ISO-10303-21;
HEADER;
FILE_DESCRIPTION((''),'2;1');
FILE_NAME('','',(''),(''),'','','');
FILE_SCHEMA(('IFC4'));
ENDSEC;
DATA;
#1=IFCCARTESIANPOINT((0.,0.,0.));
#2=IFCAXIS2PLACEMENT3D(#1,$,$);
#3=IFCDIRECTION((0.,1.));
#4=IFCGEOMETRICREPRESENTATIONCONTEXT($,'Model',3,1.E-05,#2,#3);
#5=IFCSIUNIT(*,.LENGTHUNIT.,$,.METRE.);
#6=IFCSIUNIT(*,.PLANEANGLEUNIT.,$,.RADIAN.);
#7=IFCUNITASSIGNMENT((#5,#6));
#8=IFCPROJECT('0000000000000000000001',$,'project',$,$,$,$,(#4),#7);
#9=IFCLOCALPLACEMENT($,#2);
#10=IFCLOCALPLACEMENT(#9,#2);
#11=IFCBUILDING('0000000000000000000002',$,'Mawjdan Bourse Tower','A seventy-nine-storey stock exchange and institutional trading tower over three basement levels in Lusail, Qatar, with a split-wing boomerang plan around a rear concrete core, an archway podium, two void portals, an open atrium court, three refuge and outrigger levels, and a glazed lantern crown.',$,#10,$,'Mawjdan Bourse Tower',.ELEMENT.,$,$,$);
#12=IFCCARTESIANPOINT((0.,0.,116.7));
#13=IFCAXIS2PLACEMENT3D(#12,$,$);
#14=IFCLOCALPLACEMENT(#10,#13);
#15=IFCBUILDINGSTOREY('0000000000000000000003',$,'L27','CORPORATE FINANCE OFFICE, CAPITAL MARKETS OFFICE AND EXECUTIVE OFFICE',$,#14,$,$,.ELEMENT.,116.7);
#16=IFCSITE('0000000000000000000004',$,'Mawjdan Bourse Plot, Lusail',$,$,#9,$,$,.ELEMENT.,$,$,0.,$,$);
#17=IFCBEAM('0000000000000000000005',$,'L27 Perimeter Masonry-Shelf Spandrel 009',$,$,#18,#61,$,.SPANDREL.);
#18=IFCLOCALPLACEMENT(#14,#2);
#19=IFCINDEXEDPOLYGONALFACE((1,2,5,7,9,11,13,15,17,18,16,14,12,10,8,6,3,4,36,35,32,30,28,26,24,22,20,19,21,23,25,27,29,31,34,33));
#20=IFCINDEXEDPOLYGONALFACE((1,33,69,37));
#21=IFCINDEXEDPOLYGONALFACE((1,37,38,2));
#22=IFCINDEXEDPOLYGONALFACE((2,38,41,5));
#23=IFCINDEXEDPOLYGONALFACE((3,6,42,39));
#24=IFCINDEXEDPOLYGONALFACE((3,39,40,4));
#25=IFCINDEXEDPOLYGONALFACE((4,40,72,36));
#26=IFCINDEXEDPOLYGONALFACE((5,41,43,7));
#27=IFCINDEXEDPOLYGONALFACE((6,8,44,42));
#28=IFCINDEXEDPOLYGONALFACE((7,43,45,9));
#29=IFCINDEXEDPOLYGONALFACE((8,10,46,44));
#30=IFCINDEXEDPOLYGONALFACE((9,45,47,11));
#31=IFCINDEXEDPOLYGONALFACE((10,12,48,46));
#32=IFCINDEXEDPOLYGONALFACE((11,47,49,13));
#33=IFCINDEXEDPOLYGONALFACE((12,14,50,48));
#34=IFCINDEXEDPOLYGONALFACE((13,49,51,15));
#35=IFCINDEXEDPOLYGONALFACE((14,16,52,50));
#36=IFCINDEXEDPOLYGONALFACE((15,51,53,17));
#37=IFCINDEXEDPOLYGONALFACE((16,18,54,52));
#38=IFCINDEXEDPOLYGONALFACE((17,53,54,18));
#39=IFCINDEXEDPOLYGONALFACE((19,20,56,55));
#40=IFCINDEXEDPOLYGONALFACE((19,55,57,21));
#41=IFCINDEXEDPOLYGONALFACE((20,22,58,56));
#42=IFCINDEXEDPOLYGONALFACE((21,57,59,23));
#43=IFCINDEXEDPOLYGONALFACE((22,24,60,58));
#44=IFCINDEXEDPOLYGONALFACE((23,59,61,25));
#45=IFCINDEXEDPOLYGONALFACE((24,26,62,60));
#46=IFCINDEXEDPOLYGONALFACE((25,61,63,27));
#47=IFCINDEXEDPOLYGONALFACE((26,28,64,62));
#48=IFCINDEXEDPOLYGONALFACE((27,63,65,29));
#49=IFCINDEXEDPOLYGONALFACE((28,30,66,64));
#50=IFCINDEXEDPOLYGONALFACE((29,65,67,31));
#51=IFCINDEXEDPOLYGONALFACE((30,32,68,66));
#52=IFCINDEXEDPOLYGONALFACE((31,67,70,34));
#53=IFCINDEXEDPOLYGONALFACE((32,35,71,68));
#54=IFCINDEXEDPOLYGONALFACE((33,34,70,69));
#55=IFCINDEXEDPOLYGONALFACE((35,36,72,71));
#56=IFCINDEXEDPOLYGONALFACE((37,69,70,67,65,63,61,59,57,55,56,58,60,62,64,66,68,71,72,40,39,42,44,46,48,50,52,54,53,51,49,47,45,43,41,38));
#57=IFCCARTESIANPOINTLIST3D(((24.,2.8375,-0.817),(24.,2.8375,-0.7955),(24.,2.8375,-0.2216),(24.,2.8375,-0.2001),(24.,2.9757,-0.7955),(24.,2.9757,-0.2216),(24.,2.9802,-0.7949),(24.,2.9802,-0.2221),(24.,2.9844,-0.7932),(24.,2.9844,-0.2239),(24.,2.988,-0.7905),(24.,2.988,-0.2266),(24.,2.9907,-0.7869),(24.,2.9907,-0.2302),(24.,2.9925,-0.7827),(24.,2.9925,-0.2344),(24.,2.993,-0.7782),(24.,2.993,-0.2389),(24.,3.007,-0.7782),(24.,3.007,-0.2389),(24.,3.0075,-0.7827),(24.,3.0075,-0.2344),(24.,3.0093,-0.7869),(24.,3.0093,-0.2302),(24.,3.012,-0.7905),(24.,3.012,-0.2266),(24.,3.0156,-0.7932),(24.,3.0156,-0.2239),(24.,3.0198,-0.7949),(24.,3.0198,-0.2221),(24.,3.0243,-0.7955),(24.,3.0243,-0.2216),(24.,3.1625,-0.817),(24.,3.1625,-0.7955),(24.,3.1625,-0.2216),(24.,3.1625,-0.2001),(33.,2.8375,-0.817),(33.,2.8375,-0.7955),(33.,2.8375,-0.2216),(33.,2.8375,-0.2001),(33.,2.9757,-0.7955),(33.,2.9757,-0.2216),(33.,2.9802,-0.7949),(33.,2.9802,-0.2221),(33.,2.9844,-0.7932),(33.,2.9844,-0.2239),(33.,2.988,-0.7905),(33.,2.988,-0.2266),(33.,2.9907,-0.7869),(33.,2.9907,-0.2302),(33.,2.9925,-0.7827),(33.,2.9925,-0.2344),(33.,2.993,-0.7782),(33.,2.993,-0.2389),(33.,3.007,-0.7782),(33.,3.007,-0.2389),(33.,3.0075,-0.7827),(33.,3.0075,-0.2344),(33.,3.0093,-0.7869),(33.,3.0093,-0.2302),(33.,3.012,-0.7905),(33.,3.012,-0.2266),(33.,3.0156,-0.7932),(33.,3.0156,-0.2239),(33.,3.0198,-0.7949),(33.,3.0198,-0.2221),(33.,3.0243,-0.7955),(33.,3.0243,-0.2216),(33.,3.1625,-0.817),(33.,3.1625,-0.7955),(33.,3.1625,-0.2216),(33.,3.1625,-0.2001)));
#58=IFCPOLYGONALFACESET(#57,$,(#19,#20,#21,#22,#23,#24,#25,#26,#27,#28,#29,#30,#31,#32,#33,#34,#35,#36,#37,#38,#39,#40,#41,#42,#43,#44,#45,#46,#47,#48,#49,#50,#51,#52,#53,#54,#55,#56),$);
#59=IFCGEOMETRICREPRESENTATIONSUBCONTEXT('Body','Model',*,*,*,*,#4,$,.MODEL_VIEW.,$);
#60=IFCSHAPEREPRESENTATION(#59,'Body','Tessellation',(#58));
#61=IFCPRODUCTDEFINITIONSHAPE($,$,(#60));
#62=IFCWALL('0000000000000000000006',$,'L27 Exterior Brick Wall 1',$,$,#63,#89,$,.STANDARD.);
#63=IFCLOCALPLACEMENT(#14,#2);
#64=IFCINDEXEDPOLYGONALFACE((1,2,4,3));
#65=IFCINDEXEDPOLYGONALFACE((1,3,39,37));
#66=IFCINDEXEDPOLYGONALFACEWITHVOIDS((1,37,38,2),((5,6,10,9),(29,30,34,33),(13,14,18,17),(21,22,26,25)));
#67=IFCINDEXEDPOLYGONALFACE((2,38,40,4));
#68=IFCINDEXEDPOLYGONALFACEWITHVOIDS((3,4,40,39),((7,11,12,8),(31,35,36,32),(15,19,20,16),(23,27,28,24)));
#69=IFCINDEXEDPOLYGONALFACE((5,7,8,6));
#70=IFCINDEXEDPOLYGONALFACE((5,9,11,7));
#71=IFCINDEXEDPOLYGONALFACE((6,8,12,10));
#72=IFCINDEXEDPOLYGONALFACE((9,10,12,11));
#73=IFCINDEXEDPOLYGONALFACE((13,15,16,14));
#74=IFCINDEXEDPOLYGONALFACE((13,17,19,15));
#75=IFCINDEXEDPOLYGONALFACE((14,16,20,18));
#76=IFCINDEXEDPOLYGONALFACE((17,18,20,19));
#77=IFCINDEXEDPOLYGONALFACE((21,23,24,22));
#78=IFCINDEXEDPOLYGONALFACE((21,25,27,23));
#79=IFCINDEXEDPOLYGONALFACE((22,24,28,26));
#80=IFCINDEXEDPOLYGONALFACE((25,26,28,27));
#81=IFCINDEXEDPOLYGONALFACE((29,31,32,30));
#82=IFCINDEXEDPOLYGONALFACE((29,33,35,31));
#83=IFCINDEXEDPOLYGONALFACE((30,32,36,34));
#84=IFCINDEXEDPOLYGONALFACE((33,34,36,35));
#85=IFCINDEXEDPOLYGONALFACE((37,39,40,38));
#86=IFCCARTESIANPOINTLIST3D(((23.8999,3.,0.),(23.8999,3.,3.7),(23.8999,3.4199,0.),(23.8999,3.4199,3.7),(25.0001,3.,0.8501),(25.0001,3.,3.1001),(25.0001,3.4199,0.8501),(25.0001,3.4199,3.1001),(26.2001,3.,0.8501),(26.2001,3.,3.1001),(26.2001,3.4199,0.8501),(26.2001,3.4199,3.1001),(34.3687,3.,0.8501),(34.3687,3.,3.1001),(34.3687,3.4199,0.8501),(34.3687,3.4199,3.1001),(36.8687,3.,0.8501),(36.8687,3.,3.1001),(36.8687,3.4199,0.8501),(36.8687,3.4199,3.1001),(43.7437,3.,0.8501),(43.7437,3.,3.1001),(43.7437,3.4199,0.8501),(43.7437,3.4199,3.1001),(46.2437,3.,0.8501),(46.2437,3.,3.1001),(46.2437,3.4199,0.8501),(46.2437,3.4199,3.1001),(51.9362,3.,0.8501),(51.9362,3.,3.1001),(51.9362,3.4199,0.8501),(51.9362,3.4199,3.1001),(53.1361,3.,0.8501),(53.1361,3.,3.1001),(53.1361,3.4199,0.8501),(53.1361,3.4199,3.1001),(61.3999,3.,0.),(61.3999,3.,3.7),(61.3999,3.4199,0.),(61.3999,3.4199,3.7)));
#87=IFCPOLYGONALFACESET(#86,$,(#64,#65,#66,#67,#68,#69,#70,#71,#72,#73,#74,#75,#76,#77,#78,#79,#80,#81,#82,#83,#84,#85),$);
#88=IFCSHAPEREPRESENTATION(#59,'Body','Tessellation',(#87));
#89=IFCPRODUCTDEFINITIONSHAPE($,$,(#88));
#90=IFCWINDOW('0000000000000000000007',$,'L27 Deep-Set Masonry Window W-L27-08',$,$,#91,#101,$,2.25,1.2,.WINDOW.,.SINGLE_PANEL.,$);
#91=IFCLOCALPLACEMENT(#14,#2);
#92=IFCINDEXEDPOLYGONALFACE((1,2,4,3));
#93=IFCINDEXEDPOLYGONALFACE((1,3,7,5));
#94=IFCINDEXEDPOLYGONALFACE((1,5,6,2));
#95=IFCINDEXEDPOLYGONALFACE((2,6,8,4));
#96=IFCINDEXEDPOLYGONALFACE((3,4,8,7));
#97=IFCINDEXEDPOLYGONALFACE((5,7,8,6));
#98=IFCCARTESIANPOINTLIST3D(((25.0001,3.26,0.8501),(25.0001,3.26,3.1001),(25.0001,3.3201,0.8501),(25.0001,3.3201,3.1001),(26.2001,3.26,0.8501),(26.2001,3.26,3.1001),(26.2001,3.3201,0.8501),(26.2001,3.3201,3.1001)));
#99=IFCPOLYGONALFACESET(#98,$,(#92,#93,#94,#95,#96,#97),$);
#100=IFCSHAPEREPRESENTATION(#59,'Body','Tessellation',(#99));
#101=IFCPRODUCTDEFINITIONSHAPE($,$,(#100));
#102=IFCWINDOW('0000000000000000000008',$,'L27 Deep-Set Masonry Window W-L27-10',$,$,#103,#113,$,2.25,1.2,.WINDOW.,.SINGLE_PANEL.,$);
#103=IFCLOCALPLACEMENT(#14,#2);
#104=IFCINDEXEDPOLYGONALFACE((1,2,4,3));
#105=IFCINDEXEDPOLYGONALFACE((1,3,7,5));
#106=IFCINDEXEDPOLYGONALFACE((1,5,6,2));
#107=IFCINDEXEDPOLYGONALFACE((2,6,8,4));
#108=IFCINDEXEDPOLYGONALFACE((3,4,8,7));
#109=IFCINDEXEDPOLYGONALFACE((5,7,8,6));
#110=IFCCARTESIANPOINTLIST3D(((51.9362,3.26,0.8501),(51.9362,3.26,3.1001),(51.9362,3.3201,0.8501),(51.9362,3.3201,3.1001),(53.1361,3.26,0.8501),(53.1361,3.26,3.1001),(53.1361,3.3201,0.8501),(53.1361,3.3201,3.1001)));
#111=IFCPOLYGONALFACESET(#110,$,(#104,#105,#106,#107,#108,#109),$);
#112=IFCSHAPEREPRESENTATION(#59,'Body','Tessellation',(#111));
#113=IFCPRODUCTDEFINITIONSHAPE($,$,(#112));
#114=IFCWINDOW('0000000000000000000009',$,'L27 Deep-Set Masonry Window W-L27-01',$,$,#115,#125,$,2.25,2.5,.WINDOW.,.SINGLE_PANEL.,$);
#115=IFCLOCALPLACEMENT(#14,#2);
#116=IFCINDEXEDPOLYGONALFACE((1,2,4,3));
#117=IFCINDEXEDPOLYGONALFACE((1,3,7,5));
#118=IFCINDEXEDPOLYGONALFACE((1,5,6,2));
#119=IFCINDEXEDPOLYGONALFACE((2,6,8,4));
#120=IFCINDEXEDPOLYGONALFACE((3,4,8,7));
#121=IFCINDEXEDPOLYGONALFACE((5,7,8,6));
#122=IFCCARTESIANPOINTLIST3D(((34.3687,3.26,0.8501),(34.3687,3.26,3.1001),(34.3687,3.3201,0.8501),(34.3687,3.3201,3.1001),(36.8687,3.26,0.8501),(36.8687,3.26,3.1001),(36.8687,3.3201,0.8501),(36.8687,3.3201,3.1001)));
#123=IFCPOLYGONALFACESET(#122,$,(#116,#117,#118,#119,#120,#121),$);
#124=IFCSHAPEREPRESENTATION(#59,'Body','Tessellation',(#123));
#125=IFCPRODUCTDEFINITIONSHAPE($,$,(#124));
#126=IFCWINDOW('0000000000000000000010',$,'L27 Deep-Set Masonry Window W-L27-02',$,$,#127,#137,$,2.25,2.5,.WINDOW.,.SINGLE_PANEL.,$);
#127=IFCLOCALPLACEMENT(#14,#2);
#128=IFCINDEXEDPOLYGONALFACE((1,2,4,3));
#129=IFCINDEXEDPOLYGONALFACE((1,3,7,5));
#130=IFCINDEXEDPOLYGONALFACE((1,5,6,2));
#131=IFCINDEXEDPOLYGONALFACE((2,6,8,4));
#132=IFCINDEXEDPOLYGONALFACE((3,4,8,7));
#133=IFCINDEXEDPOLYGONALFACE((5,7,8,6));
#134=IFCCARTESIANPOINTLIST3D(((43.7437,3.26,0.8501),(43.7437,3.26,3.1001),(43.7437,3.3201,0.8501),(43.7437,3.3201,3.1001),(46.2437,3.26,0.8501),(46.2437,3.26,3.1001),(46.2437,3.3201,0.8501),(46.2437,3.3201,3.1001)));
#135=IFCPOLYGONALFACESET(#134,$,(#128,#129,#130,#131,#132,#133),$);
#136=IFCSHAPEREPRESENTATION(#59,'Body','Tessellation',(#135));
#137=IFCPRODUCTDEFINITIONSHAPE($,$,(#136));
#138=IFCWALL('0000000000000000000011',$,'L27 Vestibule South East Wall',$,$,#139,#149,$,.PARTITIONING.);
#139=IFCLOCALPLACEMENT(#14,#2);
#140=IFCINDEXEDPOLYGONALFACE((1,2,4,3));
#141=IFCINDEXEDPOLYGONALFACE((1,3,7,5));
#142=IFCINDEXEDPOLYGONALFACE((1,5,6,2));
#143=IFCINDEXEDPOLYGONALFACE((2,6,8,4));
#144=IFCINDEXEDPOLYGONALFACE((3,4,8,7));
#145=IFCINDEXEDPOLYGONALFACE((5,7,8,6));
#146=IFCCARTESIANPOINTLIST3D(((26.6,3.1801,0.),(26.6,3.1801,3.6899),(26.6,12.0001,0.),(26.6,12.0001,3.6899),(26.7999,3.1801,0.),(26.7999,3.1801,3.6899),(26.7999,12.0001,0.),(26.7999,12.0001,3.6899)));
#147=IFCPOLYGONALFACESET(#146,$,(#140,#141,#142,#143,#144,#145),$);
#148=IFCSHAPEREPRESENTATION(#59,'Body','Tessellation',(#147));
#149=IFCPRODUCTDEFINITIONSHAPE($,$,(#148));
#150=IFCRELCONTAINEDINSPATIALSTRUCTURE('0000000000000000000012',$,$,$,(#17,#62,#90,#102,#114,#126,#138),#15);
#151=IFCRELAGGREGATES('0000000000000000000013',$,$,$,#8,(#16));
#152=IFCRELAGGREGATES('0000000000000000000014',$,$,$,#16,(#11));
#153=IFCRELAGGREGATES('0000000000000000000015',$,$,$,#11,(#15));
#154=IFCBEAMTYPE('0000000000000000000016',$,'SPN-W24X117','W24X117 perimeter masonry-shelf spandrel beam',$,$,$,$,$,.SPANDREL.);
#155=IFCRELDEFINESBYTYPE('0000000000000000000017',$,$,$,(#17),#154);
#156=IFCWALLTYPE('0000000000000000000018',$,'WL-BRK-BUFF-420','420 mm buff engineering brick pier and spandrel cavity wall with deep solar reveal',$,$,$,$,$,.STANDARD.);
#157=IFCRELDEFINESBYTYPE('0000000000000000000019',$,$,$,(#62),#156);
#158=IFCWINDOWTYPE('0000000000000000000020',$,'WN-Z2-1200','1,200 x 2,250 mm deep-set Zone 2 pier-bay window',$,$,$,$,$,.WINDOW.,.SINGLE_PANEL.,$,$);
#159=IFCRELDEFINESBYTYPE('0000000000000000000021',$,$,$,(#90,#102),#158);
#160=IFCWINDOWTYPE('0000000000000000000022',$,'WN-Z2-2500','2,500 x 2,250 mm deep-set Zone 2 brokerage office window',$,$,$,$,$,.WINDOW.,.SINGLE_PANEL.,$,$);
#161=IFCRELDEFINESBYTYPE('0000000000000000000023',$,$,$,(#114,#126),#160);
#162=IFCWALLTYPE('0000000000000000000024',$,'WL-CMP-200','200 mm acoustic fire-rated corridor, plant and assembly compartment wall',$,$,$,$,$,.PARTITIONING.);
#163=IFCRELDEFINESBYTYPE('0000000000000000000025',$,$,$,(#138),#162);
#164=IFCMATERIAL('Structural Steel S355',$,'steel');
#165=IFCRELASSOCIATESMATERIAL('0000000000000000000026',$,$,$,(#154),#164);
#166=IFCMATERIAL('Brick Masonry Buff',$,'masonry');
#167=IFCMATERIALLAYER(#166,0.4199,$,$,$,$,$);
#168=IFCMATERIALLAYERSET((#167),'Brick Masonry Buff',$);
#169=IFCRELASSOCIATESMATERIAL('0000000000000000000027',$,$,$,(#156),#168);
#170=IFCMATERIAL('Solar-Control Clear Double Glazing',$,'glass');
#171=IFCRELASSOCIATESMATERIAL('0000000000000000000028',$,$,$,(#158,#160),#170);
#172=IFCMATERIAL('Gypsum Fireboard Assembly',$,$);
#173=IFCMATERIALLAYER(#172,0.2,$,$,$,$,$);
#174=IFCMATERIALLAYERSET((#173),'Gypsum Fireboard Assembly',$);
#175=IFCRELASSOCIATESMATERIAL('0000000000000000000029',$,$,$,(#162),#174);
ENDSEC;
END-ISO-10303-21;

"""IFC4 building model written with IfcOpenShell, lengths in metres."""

from ifc_helpers import new_model, si_unit, direction, frame, frame_2d, origin, origin_2d, place, context, subcontext, project, spatial, rectangle, i_section, extrude, material, layer, layer_set, material_profile, profile_set, type_object, element, fill, save


model = new_model("IFC4")

# Units and contexts
model_context = context("Model", 3, precision=1e-05, world=origin(), true_north=direction((0.0, 1.0)))
body_context = subcontext(model_context, "Body", "Model", "MODEL_VIEW")
ifc_project = project(units=[si_unit("LENGTHUNIT", "METRE"), si_unit("PLANEANGLEUNIT", "RADIAN")], contexts=[model_context])

# Site, building, storey
site_placement = place(None, origin())
site = spatial("IfcSite", under=ifc_project, at=site_placement, Name="Mawjdan Bourse Plot, Lusail", CompositionType="ELEMENT", RefElevation=0.0)
building_placement = place(site_placement, origin())
building = spatial("IfcBuilding", under=site, at=building_placement, Name="Mawjdan Bourse Tower", Description="A seventy-nine-storey stock exchange and institutional trading tower over three basement levels in Lusail, Qatar, with a split-wing boomerang plan around a rear concrete core, an archway podium, two void portals, an open atrium court, three refuge and outrigger levels, and a glazed lantern crown.", LongName="Mawjdan Bourse Tower", CompositionType="ELEMENT")
storey_placement = place(building_placement, frame((0.0, 0.0, 116.7)))
storey = spatial("IfcBuildingStorey", under=building, at=storey_placement, Name="L27", Description="CORPORATE FINANCE OFFICE, CAPITAL MARKETS OFFICE AND EXECUTIVE OFFICE", CompositionType="ELEMENT", Elevation=116.7)

# Beam
ifc_material_1 = material(Name="Structural Steel S355", Category="steel")
ifc_material_profile_1 = material_profile(ifc_material_1, i_section(OverallWidth=0.325, OverallDepth=0.6169, WebThickness=0.0139, FlangeThickness=0.0215, FilletRadius=0.0173, at=origin_2d()), Name="W24X117")
ifc_profile_set_1 = profile_set([ifc_material_profile_1], Name="Structural Steel S355")
beam_type_1 = type_object("IfcBeamType", Name="SPN-W24X117", Description="W24X117 perimeter masonry-shelf spandrel beam", PredefinedType="SPANDREL", material=ifc_profile_set_1)
beam_1_placement = place(storey_placement, frame((24.0, 3.0, -0.5085), z_axis=(1.0, 0.0, 0.0), x_axis=(0.0, 1.0, 0.0)))
element("IfcBeam", 1, at=beam_1_placement, inside=storey, type_object=beam_type_1, Name="L27 Perimeter Masonry-Shelf Spandrel 009", PredefinedType="SPANDREL", context=body_context, shape_type="SweptSolid", body=[
    extrude(i_section(OverallWidth=0.325, OverallDepth=0.6169, WebThickness=0.0139, FlangeThickness=0.0215, FilletRadius=0.0173, at=origin_2d()), origin(), (0.0, 0.0, 1.0), 9.0),
])

# Wall, openings, windows
ifc_material_2 = material(Name="Brick Masonry Buff", Category="masonry")
ifc_layer_1 = layer(ifc_material_2, 0.4199)
ifc_layer_set_1 = layer_set([ifc_layer_1], Name="Brick Masonry Buff")
wall_type_1 = type_object("IfcWallType", Name="WL-BRK-BUFF-420", Description="420 mm buff engineering brick pier and spandrel cavity wall with deep solar reveal", PredefinedType="STANDARD", material=ifc_layer_set_1)
wall_1_placement = place(storey_placement, frame((23.8999, 3.21, 0.0), z_axis=(0.0, 0.0, 1.0), x_axis=(1.0, 0.0, 0.0)))
wall_1 = element("IfcWall", 2, at=wall_1_placement, inside=storey, type_object=wall_type_1, Name="L27 Exterior Brick Wall 1", PredefinedType="STANDARD", context=body_context, shape_type="SweptSolid", body=[
    extrude(rectangle(XDim=37.5, YDim=0.4199, at=frame_2d((18.75, 0.0))), origin(), (0.0, 0.0, 1.0), 3.7),
])
opening_1_placement = place(wall_1_placement, frame((10.4688, 0.0, 0.8501)))
opening_1 = element("IfcOpeningElement", 3, at=opening_1_placement, cuts=wall_1, PredefinedType="OPENING", context=body_context, shape_type="SweptSolid", body=[
    extrude(rectangle(XDim=2.5, YDim=2.25, at=frame_2d((1.25, 1.125))), frame((0.0, 0.22, 0.0), z_axis=(0.0, -1.0, 0.0), x_axis=(1.0, 0.0, 0.0)), (0.0, 0.0, 1.0), 0.4399),
])
opening_2_placement = place(wall_1_placement, frame((19.8438, 0.0, 0.8501)))
opening_2 = element("IfcOpeningElement", 4, at=opening_2_placement, cuts=wall_1, PredefinedType="OPENING", context=body_context, shape_type="SweptSolid", body=[
    extrude(rectangle(XDim=2.5, YDim=2.25, at=frame_2d((1.25, 1.125))), frame((0.0, 0.22, 0.0), z_axis=(0.0, -1.0, 0.0), x_axis=(1.0, 0.0, 0.0)), (0.0, 0.0, 1.0), 0.4399),
])
opening_3_placement = place(wall_1_placement, frame((1.1001, 0.0, 0.8501)))
opening_3 = element("IfcOpeningElement", 5, at=opening_3_placement, cuts=wall_1, PredefinedType="OPENING", context=body_context, shape_type="SweptSolid", body=[
    extrude(rectangle(XDim=1.2, YDim=2.25, at=frame_2d((0.6001, 1.125))), frame((0.0, 0.22, 0.0), z_axis=(0.0, -1.0, 0.0), x_axis=(1.0, 0.0, 0.0)), (0.0, 0.0, 1.0), 0.4399),
])
opening_4_placement = place(wall_1_placement, frame((28.0361, 0.0, 0.8501)))
opening_4 = element("IfcOpeningElement", 6, at=opening_4_placement, cuts=wall_1, PredefinedType="OPENING", context=body_context, shape_type="SweptSolid", body=[
    extrude(rectangle(XDim=1.2, YDim=2.25, at=frame_2d((0.6001, 1.125))), frame((0.0, 0.22, 0.0), z_axis=(0.0, -1.0, 0.0), x_axis=(1.0, 0.0, 0.0)), (0.0, 0.0, 1.0), 0.4399),
])
ifc_material_3 = material(Name="Solar-Control Clear Double Glazing", Category="glass")
window_type_1 = type_object("IfcWindowType", Name="WN-Z2-1200", Description="1,200 x 2,250 mm deep-set Zone 2 pier-bay window", PartitioningType="SINGLE_PANEL", PredefinedType="WINDOW", material=ifc_material_3)
window_1_placement = place(opening_3_placement, origin())
window_1 = element("IfcWindow", 7, at=window_1_placement, inside=storey, type_object=window_type_1, Name="L27 Deep-Set Masonry Window W-L27-08", OverallHeight=2.25, OverallWidth=1.2, PartitioningType="SINGLE_PANEL", PredefinedType="WINDOW", context=body_context, shape_type="SweptSolid", body=[
    extrude(rectangle(XDim=1.2, YDim=2.25, at=frame_2d((0.6001, 1.125))), frame((0.0, 0.1101, 0.0), z_axis=(0.0, -1.0, 0.0), x_axis=(1.0, 0.0, 0.0)), (0.0, 0.0, 1.0), 0.0601),
])
fill(opening_3, window_1)
window_2_placement = place(opening_4_placement, origin())
window_2 = element("IfcWindow", 8, at=window_2_placement, inside=storey, type_object=window_type_1, Name="L27 Deep-Set Masonry Window W-L27-10", OverallHeight=2.25, OverallWidth=1.2, PartitioningType="SINGLE_PANEL", PredefinedType="WINDOW", context=body_context, shape_type="SweptSolid", body=[
    extrude(rectangle(XDim=1.2, YDim=2.25, at=frame_2d((0.6001, 1.125))), frame((0.0, 0.1101, 0.0), z_axis=(0.0, -1.0, 0.0), x_axis=(1.0, 0.0, 0.0)), (0.0, 0.0, 1.0), 0.0601),
])
fill(opening_4, window_2)
window_type_2 = type_object("IfcWindowType", Name="WN-Z2-2500", Description="2,500 x 2,250 mm deep-set Zone 2 brokerage office window", PartitioningType="SINGLE_PANEL", PredefinedType="WINDOW", material=ifc_material_3)
window_3_placement = place(opening_1_placement, origin())
window_3 = element("IfcWindow", 9, at=window_3_placement, inside=storey, type_object=window_type_2, Name="L27 Deep-Set Masonry Window W-L27-01", OverallHeight=2.25, OverallWidth=2.5, PartitioningType="SINGLE_PANEL", PredefinedType="WINDOW", context=body_context, shape_type="SweptSolid", body=[
    extrude(rectangle(XDim=2.5, YDim=2.25, at=frame_2d((1.25, 1.125))), frame((0.0, 0.1101, 0.0), z_axis=(0.0, -1.0, 0.0), x_axis=(1.0, 0.0, 0.0)), (0.0, 0.0, 1.0), 0.0601),
])
fill(opening_1, window_3)
window_4_placement = place(opening_2_placement, origin())
window_4 = element("IfcWindow", 10, at=window_4_placement, inside=storey, type_object=window_type_2, Name="L27 Deep-Set Masonry Window W-L27-02", OverallHeight=2.25, OverallWidth=2.5, PartitioningType="SINGLE_PANEL", PredefinedType="WINDOW", context=body_context, shape_type="SweptSolid", body=[
    extrude(rectangle(XDim=2.5, YDim=2.25, at=frame_2d((1.25, 1.125))), frame((0.0, 0.1101, 0.0), z_axis=(0.0, -1.0, 0.0), x_axis=(1.0, 0.0, 0.0)), (0.0, 0.0, 1.0), 0.0601),
])
fill(opening_2, window_4)

# Shared definitions
ifc_material_4 = material(Name="Gypsum Fireboard Assembly")
ifc_layer_2 = layer(ifc_material_4, 0.2)
ifc_layer_set_2 = layer_set([ifc_layer_2], Name="Gypsum Fireboard Assembly")
wall_type_2 = type_object("IfcWallType", Name="WL-CMP-200", Description="200 mm acoustic fire-rated corridor, plant and assembly compartment wall", PredefinedType="PARTITIONING", material=ifc_layer_set_2)

# Wall
wall_2_placement = place(storey_placement, frame((26.7, 3.1799, 0.0), z_axis=(0.0, 0.0, 1.0), x_axis=(0.0, 1.0, 0.0)))
element("IfcWall", 11, at=wall_2_placement, inside=storey, type_object=wall_type_2, Name="L27 Vestibule South East Wall", PredefinedType="PARTITIONING", context=body_context, shape_type="SweptSolid", body=[
    extrude(rectangle(XDim=8.8201, YDim=0.2, at=frame_2d((4.4102, 0.0))), origin(), (0.0, 0.0, 1.0), 3.6899),
])

save(model, "model.ifc")
